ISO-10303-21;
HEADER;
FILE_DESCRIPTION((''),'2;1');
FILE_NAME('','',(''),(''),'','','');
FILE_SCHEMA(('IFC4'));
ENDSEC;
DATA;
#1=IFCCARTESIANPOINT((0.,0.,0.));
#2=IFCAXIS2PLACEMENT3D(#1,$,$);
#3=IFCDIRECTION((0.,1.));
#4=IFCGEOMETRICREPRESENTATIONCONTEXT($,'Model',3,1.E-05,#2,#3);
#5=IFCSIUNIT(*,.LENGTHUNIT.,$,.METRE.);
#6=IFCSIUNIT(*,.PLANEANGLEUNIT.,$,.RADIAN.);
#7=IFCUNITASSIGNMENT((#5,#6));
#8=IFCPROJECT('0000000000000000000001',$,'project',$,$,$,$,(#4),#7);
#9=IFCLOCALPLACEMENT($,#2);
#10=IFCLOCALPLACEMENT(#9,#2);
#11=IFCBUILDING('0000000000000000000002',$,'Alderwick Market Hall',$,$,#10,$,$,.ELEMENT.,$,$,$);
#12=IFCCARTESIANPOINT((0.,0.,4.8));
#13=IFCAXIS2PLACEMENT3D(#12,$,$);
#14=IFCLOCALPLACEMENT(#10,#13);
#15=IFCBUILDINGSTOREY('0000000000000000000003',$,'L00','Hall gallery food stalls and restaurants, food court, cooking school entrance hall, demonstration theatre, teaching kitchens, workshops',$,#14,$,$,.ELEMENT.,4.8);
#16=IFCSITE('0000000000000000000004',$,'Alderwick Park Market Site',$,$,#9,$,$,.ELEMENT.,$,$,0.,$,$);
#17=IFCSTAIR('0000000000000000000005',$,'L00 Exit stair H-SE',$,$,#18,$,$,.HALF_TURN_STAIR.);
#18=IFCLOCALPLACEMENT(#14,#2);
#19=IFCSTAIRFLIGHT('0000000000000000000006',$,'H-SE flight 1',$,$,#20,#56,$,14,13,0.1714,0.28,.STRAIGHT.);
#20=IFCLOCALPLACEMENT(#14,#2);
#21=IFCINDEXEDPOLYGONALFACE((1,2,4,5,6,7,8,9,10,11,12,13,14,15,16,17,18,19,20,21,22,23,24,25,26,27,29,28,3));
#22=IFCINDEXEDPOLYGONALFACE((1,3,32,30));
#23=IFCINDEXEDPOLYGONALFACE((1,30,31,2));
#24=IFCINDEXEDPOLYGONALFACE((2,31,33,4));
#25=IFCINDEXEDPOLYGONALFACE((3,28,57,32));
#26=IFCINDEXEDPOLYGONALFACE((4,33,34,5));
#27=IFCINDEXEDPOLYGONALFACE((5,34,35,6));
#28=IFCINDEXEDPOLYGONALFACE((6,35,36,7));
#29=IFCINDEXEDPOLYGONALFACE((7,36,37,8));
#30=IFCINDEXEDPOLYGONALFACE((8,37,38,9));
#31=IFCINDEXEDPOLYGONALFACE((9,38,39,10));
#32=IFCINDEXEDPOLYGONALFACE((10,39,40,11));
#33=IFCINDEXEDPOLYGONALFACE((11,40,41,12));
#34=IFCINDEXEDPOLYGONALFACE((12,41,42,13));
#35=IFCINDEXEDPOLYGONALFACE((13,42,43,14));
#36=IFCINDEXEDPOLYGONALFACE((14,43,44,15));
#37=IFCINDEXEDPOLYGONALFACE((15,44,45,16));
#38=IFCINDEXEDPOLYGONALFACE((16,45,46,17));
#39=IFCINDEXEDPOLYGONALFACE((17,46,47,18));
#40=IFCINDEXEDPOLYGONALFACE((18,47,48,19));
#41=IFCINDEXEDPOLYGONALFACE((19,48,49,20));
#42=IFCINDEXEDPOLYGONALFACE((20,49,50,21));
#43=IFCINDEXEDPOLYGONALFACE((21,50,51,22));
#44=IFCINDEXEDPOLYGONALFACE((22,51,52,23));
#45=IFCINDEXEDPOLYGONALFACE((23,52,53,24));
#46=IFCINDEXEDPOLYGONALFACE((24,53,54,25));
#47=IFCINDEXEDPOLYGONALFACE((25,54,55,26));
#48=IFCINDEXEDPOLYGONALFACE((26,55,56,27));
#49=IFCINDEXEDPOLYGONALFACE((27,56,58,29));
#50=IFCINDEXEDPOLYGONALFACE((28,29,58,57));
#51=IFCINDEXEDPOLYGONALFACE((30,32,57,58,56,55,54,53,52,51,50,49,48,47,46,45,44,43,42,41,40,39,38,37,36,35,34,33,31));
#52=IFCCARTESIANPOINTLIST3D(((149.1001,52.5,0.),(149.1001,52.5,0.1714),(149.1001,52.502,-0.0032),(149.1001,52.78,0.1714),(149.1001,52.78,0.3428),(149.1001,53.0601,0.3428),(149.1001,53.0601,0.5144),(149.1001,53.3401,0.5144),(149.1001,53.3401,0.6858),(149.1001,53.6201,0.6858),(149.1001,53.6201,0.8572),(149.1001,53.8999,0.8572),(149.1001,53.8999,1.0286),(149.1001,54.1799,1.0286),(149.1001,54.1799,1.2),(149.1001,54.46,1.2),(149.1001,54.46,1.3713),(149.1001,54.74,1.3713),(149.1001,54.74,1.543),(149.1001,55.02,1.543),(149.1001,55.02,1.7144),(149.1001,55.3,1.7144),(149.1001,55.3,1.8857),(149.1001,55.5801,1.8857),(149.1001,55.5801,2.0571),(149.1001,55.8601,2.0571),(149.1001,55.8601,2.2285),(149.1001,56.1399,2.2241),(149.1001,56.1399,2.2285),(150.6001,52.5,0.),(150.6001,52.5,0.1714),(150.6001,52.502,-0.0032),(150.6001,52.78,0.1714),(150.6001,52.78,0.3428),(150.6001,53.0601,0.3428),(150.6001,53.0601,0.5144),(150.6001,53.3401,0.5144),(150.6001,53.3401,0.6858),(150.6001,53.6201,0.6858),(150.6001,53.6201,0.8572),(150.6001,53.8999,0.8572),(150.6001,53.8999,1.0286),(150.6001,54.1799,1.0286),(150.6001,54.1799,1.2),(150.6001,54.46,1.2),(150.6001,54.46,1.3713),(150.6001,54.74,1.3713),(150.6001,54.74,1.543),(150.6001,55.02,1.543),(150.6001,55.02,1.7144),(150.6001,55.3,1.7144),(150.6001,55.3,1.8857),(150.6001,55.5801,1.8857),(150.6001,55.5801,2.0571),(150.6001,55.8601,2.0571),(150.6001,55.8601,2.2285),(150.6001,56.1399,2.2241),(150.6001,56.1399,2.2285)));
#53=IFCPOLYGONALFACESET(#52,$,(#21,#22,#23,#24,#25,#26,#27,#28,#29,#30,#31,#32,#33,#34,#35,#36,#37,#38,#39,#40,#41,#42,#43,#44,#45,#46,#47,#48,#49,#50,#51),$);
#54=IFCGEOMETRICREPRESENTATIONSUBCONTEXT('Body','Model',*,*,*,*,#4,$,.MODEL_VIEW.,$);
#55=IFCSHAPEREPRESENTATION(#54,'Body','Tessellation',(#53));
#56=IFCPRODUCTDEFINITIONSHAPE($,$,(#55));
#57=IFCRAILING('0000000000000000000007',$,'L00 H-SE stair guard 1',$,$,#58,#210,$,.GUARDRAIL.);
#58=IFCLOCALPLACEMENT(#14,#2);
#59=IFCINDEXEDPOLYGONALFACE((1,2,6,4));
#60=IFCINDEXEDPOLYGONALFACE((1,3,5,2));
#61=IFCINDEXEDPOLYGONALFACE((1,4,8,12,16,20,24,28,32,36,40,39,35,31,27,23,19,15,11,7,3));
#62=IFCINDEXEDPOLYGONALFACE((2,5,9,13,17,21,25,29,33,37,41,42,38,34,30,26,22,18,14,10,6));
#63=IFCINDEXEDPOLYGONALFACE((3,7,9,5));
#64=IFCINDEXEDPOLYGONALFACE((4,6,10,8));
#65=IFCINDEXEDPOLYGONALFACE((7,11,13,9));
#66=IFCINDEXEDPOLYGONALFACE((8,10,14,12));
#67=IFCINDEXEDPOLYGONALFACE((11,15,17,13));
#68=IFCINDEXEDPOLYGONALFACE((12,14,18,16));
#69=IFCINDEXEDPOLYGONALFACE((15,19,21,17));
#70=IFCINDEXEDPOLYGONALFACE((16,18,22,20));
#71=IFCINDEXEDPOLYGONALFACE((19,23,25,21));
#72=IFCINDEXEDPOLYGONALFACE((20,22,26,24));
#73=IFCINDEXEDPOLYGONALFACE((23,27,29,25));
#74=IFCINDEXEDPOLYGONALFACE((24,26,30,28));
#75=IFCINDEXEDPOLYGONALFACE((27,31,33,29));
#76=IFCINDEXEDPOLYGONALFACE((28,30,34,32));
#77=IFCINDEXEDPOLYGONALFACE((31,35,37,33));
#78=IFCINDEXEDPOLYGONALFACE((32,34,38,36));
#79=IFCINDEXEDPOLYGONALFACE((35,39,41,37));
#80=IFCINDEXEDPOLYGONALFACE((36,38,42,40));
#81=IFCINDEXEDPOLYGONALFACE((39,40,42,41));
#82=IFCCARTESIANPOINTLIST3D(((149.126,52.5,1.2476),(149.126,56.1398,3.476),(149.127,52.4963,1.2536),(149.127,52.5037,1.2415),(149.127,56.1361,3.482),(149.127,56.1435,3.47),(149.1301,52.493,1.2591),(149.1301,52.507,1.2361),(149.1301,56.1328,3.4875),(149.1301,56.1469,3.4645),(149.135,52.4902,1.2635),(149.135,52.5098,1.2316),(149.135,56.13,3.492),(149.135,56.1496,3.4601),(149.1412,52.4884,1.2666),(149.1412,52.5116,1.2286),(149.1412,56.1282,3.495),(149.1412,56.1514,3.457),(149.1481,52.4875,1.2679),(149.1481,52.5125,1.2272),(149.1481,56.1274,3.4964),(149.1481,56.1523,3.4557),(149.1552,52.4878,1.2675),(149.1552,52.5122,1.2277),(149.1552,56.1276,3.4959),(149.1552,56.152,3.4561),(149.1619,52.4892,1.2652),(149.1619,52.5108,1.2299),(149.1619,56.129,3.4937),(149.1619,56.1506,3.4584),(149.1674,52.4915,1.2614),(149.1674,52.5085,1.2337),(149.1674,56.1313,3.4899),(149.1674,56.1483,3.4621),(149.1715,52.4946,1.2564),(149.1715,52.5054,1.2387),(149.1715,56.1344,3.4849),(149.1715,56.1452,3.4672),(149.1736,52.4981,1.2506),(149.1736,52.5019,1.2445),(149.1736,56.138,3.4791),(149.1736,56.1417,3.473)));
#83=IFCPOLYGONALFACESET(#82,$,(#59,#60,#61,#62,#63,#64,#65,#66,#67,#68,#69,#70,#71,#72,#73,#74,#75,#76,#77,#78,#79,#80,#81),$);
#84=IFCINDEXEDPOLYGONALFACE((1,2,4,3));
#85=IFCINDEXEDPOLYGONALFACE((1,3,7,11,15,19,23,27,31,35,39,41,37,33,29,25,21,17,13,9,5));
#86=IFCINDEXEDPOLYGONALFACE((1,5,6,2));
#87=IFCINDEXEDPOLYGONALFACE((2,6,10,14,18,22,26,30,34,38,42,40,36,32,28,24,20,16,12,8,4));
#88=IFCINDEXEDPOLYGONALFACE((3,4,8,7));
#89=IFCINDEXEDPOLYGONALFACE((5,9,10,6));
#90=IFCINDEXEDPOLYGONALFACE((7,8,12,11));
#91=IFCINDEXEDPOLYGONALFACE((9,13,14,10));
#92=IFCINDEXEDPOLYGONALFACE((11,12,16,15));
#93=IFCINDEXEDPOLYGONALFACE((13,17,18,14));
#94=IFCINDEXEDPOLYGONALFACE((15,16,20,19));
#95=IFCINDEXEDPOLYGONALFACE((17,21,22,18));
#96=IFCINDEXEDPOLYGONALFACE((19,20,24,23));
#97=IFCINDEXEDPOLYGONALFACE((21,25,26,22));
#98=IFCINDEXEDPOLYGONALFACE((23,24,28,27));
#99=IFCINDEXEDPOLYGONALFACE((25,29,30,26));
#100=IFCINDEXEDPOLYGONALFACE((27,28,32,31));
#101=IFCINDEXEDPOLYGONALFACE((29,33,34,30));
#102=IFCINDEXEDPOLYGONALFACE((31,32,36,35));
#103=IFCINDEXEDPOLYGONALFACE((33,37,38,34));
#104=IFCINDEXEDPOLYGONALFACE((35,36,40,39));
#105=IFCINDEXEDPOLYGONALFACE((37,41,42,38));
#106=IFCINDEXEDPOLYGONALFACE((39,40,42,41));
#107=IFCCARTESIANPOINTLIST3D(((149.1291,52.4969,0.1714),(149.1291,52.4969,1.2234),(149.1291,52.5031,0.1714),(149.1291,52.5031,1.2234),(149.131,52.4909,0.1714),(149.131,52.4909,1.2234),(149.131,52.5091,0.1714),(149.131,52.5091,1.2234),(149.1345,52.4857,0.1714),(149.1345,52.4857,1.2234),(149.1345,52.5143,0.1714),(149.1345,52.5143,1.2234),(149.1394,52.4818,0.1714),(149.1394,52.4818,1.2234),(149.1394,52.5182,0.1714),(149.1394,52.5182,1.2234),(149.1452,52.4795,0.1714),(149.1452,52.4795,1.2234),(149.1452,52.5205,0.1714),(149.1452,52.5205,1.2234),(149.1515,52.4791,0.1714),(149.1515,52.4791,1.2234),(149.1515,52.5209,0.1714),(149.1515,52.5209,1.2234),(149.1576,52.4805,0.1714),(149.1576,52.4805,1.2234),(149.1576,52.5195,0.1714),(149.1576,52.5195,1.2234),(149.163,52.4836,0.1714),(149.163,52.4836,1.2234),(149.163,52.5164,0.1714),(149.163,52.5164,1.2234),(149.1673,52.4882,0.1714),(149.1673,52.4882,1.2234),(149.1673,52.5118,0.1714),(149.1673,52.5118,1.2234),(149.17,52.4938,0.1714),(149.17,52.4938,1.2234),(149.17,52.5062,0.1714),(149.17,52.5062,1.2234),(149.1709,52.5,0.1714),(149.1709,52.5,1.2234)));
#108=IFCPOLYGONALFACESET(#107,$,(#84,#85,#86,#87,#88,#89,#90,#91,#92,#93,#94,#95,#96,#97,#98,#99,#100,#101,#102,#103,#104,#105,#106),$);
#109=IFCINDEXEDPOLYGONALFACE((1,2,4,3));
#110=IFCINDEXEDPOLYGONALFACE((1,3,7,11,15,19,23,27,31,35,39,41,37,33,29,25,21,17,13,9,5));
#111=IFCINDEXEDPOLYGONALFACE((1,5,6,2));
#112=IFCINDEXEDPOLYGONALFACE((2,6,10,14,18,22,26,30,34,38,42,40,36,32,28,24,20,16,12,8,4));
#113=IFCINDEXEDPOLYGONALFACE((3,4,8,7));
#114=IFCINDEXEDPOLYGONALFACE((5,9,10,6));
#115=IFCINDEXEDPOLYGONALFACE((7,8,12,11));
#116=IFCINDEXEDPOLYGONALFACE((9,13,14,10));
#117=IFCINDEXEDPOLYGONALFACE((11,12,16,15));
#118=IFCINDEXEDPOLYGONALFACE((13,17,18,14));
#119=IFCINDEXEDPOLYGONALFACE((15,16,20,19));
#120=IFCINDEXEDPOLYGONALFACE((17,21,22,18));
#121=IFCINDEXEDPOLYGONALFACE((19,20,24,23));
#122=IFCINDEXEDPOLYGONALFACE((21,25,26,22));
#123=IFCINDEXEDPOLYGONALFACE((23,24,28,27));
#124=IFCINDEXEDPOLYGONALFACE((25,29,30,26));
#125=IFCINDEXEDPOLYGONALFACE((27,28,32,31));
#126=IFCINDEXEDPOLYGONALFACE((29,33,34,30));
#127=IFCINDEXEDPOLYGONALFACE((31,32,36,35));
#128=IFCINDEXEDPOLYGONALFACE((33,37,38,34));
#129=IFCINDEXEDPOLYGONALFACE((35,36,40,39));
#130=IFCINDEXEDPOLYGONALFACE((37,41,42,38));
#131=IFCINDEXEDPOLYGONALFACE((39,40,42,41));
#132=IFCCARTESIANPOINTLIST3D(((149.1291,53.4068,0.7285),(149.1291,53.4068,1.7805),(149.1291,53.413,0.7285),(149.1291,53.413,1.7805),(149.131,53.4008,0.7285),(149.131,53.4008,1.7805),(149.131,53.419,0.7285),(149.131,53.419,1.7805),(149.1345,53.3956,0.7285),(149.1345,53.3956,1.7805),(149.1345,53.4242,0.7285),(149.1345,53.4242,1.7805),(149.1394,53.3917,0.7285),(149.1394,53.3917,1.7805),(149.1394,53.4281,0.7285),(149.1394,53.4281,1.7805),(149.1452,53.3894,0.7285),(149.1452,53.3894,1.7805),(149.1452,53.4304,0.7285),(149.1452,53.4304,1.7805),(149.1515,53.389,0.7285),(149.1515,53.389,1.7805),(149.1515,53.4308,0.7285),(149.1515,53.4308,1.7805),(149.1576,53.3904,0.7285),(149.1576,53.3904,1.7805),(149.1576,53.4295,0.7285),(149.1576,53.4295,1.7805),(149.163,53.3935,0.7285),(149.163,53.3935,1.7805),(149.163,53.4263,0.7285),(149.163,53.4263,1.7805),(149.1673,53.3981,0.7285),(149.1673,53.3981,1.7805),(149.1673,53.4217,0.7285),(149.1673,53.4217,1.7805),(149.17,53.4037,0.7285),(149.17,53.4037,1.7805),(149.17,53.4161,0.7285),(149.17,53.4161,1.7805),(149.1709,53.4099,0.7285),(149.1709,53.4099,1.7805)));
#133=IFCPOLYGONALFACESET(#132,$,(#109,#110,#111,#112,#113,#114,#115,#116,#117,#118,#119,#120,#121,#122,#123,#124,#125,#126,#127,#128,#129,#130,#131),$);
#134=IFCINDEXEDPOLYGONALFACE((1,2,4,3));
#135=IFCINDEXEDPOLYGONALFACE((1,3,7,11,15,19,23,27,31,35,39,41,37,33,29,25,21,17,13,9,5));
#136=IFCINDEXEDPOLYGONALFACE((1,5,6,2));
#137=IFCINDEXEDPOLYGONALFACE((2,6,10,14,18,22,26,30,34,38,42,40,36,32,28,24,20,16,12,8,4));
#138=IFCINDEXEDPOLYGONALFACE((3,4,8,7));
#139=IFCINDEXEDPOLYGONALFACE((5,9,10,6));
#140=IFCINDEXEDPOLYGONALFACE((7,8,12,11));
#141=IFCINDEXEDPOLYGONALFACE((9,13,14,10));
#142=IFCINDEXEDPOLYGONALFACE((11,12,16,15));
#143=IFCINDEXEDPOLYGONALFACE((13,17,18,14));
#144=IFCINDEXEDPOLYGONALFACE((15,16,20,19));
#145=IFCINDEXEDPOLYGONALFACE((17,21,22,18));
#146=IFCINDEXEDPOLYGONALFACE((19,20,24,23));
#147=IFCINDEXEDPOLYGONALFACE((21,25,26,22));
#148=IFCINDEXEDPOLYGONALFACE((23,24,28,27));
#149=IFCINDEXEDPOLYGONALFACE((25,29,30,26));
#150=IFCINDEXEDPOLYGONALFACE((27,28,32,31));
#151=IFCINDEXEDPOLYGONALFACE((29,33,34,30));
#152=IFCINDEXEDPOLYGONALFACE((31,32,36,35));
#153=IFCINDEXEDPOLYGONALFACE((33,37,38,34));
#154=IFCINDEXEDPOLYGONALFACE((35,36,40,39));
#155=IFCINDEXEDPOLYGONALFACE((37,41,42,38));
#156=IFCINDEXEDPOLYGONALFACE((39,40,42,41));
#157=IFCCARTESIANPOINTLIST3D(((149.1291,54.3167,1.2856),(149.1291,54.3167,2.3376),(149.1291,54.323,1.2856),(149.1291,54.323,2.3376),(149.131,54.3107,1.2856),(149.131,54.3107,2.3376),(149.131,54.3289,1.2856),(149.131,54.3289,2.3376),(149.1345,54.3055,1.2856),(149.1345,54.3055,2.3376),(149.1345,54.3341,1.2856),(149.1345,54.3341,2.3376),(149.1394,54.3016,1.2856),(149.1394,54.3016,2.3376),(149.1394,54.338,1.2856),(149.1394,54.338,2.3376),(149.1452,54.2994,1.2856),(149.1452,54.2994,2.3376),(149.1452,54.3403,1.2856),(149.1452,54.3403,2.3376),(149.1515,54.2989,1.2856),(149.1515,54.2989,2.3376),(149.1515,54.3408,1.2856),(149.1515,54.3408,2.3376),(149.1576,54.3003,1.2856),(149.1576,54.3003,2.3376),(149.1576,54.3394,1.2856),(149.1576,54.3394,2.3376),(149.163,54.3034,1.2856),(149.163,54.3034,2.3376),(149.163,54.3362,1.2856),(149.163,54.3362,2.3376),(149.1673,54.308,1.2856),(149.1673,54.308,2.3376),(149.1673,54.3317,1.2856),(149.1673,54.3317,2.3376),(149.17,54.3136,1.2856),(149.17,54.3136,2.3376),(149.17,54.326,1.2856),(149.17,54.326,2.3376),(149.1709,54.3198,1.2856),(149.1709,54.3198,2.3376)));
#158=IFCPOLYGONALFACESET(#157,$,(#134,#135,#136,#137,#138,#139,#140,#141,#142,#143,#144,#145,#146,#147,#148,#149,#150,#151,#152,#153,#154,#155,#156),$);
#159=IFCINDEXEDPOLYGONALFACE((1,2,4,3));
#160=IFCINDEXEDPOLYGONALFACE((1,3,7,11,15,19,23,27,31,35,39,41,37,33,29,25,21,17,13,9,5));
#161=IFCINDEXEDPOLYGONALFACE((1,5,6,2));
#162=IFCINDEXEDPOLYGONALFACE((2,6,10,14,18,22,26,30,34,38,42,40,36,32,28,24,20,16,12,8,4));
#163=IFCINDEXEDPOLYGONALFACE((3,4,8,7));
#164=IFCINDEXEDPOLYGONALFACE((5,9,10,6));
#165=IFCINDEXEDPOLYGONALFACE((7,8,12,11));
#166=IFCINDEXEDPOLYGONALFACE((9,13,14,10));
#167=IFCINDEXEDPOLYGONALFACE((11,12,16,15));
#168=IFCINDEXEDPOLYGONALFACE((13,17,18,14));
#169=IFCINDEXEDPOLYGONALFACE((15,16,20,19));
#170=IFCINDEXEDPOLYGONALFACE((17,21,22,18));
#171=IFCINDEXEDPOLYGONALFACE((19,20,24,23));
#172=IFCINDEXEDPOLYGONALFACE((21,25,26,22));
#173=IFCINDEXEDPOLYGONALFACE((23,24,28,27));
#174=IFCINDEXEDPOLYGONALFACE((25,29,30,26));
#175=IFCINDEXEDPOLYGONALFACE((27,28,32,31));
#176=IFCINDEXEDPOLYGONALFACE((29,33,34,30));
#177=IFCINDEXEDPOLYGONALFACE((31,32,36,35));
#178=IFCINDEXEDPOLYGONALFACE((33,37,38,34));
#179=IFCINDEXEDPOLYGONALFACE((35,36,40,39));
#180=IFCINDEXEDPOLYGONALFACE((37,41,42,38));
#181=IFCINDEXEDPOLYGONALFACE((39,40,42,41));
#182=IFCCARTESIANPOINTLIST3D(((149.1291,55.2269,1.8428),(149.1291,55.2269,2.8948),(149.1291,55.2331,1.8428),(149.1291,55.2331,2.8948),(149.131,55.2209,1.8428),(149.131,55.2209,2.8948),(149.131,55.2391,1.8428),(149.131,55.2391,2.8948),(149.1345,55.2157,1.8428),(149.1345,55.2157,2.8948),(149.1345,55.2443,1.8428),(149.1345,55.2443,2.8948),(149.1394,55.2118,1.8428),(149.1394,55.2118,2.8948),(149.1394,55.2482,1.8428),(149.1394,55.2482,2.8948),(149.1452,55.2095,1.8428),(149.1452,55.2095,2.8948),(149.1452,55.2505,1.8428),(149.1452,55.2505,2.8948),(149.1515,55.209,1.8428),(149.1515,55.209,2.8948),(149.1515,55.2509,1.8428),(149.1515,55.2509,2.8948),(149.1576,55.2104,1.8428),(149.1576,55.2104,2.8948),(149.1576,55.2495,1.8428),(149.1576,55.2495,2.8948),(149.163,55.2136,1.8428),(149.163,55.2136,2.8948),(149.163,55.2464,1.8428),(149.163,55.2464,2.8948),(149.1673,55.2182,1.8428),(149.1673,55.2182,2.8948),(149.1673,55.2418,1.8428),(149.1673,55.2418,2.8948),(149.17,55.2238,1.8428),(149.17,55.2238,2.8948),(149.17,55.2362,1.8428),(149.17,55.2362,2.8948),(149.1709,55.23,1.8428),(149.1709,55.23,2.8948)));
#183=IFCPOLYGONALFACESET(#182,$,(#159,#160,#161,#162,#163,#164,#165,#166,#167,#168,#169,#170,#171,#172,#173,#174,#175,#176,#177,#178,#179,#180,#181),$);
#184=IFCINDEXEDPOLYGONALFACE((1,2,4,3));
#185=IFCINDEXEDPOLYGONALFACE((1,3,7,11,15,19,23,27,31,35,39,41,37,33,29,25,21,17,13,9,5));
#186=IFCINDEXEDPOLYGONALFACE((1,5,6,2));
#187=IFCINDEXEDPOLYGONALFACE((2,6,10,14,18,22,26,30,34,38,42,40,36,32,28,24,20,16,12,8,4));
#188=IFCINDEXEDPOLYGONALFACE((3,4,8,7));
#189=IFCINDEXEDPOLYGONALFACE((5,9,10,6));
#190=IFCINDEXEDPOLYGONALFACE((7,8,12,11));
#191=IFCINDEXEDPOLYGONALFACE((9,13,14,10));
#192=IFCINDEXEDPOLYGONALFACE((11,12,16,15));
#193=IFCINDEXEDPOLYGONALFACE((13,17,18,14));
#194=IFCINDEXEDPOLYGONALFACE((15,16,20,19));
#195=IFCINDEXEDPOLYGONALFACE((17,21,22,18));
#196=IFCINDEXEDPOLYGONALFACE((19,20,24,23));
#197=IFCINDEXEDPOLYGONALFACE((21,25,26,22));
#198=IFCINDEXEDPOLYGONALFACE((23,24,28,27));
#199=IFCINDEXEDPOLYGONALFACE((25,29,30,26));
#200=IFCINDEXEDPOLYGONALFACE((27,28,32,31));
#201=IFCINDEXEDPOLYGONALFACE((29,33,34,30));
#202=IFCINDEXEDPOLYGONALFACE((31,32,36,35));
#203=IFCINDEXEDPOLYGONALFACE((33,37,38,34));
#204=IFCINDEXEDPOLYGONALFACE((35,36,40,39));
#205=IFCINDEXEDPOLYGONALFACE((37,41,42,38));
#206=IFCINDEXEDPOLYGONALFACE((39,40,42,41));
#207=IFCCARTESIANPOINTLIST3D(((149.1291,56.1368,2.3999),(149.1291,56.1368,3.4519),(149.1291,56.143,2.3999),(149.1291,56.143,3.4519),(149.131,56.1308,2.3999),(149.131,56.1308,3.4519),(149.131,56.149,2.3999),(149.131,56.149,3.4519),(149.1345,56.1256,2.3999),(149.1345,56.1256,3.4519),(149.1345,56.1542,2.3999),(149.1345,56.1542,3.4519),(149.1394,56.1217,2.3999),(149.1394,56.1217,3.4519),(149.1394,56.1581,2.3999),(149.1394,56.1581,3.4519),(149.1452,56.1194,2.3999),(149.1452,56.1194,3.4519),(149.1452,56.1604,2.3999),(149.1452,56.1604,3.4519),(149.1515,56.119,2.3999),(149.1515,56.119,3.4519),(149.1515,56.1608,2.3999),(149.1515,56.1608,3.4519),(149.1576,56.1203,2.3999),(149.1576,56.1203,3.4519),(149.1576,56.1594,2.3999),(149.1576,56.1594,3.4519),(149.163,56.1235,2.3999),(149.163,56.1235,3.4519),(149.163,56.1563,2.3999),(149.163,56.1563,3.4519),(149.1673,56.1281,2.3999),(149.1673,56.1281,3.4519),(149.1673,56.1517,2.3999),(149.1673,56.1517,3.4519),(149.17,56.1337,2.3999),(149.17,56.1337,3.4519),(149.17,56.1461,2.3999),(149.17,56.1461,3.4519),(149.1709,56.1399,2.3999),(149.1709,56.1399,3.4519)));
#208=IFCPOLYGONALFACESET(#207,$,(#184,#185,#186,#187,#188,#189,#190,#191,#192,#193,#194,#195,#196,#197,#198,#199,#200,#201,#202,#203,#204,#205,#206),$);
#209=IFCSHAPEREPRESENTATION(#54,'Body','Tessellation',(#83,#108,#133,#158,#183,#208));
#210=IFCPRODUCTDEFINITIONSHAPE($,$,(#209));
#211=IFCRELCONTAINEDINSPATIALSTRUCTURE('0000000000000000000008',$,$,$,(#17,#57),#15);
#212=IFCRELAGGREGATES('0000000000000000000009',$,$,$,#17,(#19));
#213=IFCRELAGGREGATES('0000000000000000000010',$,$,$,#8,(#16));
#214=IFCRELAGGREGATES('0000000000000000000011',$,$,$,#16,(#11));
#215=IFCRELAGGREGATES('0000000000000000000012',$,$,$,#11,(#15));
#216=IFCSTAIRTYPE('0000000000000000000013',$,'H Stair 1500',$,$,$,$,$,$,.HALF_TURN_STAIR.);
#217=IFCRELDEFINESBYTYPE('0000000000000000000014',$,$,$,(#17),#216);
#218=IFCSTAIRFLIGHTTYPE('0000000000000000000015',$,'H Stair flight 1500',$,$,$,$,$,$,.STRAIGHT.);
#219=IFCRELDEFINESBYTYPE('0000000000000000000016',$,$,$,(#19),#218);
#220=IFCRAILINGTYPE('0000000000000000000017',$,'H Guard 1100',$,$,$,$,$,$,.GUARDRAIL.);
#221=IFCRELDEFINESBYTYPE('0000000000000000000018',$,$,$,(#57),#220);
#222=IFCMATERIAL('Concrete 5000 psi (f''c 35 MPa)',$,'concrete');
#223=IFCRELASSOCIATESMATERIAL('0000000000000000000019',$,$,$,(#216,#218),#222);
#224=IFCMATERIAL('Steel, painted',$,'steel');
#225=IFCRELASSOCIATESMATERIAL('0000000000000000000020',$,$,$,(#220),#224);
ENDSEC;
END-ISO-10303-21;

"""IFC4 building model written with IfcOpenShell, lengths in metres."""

from ifc_helpers import new_model, si_unit, direction, frame, origin, origin_2d, place, context, subcontext, project, spatial, polyline, circle, outline, extrude, material, type_object, element, aggregate, save


model = new_model("IFC4")

# Units and contexts
model_context = context("Model", 3, precision=1e-05, world=origin(), true_north=direction((0.0, 1.0)))
body_context = subcontext(model_context, "Body", "Model", "MODEL_VIEW")
ifc_project = project(units=[si_unit("LENGTHUNIT", "METRE"), si_unit("PLANEANGLEUNIT", "RADIAN")], contexts=[model_context])

# Site, building, storey
site_placement = place(None, origin())
site = spatial("IfcSite", under=ifc_project, at=site_placement, Name="Alderwick Park Market Site", CompositionType="ELEMENT", RefElevation=0.0)
building_placement = place(site_placement, origin())
building = spatial("IfcBuilding", under=site, at=building_placement, Name="Alderwick Market Hall", CompositionType="ELEMENT")
storey_placement = place(building_placement, frame((0.0, 0.0, 4.8)))
storey = spatial("IfcBuildingStorey", under=building, at=storey_placement, Name="L00", Description="Hall gallery food stalls and restaurants, food court, cooking school entrance hall, demonstration theatre, teaching kitchens, workshops", CompositionType="ELEMENT", Elevation=4.8)

# Shared definitions
ifc_material_1 = material(Name="Concrete 5000 psi (f'c 35 MPa)", Category="concrete")

# Stair, stair flight
stair_type = type_object("IfcStairType", Name="H Stair 1500", PredefinedType="HALF_TURN_STAIR", material=ifc_material_1)
stair_placement = place(storey_placement, origin())
stair = element("IfcStair", 1, at=stair_placement, inside=storey, type_object=stair_type, Name="L00 Exit stair H-SE", PredefinedType="HALF_TURN_STAIR")
stair_flight_type = type_object("IfcStairFlightType", Name="H Stair flight 1500", PredefinedType="STRAIGHT", material=ifc_material_1)
stair_flight_placement = place(storey_placement, frame((149.8501, 52.5, 0.0), z_axis=(0.0, 0.0, 1.0), x_axis=(0.0, 1.0, 0.0)))
stair_flight = element("IfcStairFlight", 2, at=stair_flight_placement, type_object=stair_flight_type, Name="H-SE flight 1", NumberOfRisers=14, NumberOfTreads=13, PredefinedType="STRAIGHT", RiserHeight=0.1714, TreadLength=0.28, context=body_context, shape_type="SweptSolid", body=[
    extrude(outline(polyline([(0.002, -0.0032), (0.0, 0.0), (0.0, 0.1714), (0.28, 0.1714), (0.28, 0.3428), (0.5601, 0.3428), (0.5601, 0.5144), (0.8401, 0.5144), (0.8401, 0.6858), (1.1201, 0.6858), (1.1201, 0.8572), (1.3999, 0.8572), (1.3999, 1.0286), (1.6799, 1.0286), (1.6799, 1.2), (1.96, 1.2), (1.96, 1.3713), (2.24, 1.3713), (2.24, 1.543), (2.52, 1.543), (2.52, 1.7144), (2.8, 1.7144), (2.8, 1.8857), (3.0801, 1.8857), (3.0801, 2.0571), (3.3601, 2.0571), (3.3601, 2.2285), (3.6399, 2.2285), (3.6399, 2.2241), (0.002, -0.0032)])), frame((0.0, 0.75, 0.0), z_axis=(0.0, -1.0, 0.0), x_axis=(1.0, 0.0, 0.0)), (0.0, 0.0, 1.0), 1.5),
])
aggregate(stair, [stair_flight])

# Railing
ifc_material_2 = material(Name="Steel, painted", Category="steel")
railing_type_1 = type_object("IfcRailingType", Name="H Guard 1100", PredefinedType="GUARDRAIL", material=ifc_material_2)
railing_1_placement = place(storey_placement, frame((149.1499, 52.5, 0.1714)))
element("IfcRailing", 3, at=railing_1_placement, inside=storey, type_object=railing_type_1, Name="L00 H-SE stair guard 1", PredefinedType="GUARDRAIL", context=body_context, shape_type="SweptSolid", body=[
    extrude(circle(Radius=0.0239, at=origin_2d()), frame((0.0, 0.0, 1.0762), z_axis=(0.0, 0.85285, 0.522156), x_axis=(-1.0, 0.0, 0.0)), (0.0, 0.0, 1.0), 4.2678),
    extrude(circle(Radius=0.021, at=origin_2d()), origin(), (0.0, 0.0, 1.0), 1.052),
    extrude(circle(Radius=0.021, at=origin_2d()), frame((0.0, 0.9099, 0.5571)), (0.0, 0.0, 1.0), 1.052),
    extrude(circle(Radius=0.021, at=origin_2d()), frame((0.0, 1.8198, 1.1143)), (0.0, 0.0, 1.0), 1.052),
    extrude(circle(Radius=0.021, at=origin_2d()), frame((0.0, 2.73, 1.6714)), (0.0, 0.0, 1.0), 1.052),
    extrude(circle(Radius=0.021, at=origin_2d()), frame((0.0, 3.6399, 2.2285)), (0.0, 0.0, 1.0), 1.052),
])

save(model, "model.ifc")
